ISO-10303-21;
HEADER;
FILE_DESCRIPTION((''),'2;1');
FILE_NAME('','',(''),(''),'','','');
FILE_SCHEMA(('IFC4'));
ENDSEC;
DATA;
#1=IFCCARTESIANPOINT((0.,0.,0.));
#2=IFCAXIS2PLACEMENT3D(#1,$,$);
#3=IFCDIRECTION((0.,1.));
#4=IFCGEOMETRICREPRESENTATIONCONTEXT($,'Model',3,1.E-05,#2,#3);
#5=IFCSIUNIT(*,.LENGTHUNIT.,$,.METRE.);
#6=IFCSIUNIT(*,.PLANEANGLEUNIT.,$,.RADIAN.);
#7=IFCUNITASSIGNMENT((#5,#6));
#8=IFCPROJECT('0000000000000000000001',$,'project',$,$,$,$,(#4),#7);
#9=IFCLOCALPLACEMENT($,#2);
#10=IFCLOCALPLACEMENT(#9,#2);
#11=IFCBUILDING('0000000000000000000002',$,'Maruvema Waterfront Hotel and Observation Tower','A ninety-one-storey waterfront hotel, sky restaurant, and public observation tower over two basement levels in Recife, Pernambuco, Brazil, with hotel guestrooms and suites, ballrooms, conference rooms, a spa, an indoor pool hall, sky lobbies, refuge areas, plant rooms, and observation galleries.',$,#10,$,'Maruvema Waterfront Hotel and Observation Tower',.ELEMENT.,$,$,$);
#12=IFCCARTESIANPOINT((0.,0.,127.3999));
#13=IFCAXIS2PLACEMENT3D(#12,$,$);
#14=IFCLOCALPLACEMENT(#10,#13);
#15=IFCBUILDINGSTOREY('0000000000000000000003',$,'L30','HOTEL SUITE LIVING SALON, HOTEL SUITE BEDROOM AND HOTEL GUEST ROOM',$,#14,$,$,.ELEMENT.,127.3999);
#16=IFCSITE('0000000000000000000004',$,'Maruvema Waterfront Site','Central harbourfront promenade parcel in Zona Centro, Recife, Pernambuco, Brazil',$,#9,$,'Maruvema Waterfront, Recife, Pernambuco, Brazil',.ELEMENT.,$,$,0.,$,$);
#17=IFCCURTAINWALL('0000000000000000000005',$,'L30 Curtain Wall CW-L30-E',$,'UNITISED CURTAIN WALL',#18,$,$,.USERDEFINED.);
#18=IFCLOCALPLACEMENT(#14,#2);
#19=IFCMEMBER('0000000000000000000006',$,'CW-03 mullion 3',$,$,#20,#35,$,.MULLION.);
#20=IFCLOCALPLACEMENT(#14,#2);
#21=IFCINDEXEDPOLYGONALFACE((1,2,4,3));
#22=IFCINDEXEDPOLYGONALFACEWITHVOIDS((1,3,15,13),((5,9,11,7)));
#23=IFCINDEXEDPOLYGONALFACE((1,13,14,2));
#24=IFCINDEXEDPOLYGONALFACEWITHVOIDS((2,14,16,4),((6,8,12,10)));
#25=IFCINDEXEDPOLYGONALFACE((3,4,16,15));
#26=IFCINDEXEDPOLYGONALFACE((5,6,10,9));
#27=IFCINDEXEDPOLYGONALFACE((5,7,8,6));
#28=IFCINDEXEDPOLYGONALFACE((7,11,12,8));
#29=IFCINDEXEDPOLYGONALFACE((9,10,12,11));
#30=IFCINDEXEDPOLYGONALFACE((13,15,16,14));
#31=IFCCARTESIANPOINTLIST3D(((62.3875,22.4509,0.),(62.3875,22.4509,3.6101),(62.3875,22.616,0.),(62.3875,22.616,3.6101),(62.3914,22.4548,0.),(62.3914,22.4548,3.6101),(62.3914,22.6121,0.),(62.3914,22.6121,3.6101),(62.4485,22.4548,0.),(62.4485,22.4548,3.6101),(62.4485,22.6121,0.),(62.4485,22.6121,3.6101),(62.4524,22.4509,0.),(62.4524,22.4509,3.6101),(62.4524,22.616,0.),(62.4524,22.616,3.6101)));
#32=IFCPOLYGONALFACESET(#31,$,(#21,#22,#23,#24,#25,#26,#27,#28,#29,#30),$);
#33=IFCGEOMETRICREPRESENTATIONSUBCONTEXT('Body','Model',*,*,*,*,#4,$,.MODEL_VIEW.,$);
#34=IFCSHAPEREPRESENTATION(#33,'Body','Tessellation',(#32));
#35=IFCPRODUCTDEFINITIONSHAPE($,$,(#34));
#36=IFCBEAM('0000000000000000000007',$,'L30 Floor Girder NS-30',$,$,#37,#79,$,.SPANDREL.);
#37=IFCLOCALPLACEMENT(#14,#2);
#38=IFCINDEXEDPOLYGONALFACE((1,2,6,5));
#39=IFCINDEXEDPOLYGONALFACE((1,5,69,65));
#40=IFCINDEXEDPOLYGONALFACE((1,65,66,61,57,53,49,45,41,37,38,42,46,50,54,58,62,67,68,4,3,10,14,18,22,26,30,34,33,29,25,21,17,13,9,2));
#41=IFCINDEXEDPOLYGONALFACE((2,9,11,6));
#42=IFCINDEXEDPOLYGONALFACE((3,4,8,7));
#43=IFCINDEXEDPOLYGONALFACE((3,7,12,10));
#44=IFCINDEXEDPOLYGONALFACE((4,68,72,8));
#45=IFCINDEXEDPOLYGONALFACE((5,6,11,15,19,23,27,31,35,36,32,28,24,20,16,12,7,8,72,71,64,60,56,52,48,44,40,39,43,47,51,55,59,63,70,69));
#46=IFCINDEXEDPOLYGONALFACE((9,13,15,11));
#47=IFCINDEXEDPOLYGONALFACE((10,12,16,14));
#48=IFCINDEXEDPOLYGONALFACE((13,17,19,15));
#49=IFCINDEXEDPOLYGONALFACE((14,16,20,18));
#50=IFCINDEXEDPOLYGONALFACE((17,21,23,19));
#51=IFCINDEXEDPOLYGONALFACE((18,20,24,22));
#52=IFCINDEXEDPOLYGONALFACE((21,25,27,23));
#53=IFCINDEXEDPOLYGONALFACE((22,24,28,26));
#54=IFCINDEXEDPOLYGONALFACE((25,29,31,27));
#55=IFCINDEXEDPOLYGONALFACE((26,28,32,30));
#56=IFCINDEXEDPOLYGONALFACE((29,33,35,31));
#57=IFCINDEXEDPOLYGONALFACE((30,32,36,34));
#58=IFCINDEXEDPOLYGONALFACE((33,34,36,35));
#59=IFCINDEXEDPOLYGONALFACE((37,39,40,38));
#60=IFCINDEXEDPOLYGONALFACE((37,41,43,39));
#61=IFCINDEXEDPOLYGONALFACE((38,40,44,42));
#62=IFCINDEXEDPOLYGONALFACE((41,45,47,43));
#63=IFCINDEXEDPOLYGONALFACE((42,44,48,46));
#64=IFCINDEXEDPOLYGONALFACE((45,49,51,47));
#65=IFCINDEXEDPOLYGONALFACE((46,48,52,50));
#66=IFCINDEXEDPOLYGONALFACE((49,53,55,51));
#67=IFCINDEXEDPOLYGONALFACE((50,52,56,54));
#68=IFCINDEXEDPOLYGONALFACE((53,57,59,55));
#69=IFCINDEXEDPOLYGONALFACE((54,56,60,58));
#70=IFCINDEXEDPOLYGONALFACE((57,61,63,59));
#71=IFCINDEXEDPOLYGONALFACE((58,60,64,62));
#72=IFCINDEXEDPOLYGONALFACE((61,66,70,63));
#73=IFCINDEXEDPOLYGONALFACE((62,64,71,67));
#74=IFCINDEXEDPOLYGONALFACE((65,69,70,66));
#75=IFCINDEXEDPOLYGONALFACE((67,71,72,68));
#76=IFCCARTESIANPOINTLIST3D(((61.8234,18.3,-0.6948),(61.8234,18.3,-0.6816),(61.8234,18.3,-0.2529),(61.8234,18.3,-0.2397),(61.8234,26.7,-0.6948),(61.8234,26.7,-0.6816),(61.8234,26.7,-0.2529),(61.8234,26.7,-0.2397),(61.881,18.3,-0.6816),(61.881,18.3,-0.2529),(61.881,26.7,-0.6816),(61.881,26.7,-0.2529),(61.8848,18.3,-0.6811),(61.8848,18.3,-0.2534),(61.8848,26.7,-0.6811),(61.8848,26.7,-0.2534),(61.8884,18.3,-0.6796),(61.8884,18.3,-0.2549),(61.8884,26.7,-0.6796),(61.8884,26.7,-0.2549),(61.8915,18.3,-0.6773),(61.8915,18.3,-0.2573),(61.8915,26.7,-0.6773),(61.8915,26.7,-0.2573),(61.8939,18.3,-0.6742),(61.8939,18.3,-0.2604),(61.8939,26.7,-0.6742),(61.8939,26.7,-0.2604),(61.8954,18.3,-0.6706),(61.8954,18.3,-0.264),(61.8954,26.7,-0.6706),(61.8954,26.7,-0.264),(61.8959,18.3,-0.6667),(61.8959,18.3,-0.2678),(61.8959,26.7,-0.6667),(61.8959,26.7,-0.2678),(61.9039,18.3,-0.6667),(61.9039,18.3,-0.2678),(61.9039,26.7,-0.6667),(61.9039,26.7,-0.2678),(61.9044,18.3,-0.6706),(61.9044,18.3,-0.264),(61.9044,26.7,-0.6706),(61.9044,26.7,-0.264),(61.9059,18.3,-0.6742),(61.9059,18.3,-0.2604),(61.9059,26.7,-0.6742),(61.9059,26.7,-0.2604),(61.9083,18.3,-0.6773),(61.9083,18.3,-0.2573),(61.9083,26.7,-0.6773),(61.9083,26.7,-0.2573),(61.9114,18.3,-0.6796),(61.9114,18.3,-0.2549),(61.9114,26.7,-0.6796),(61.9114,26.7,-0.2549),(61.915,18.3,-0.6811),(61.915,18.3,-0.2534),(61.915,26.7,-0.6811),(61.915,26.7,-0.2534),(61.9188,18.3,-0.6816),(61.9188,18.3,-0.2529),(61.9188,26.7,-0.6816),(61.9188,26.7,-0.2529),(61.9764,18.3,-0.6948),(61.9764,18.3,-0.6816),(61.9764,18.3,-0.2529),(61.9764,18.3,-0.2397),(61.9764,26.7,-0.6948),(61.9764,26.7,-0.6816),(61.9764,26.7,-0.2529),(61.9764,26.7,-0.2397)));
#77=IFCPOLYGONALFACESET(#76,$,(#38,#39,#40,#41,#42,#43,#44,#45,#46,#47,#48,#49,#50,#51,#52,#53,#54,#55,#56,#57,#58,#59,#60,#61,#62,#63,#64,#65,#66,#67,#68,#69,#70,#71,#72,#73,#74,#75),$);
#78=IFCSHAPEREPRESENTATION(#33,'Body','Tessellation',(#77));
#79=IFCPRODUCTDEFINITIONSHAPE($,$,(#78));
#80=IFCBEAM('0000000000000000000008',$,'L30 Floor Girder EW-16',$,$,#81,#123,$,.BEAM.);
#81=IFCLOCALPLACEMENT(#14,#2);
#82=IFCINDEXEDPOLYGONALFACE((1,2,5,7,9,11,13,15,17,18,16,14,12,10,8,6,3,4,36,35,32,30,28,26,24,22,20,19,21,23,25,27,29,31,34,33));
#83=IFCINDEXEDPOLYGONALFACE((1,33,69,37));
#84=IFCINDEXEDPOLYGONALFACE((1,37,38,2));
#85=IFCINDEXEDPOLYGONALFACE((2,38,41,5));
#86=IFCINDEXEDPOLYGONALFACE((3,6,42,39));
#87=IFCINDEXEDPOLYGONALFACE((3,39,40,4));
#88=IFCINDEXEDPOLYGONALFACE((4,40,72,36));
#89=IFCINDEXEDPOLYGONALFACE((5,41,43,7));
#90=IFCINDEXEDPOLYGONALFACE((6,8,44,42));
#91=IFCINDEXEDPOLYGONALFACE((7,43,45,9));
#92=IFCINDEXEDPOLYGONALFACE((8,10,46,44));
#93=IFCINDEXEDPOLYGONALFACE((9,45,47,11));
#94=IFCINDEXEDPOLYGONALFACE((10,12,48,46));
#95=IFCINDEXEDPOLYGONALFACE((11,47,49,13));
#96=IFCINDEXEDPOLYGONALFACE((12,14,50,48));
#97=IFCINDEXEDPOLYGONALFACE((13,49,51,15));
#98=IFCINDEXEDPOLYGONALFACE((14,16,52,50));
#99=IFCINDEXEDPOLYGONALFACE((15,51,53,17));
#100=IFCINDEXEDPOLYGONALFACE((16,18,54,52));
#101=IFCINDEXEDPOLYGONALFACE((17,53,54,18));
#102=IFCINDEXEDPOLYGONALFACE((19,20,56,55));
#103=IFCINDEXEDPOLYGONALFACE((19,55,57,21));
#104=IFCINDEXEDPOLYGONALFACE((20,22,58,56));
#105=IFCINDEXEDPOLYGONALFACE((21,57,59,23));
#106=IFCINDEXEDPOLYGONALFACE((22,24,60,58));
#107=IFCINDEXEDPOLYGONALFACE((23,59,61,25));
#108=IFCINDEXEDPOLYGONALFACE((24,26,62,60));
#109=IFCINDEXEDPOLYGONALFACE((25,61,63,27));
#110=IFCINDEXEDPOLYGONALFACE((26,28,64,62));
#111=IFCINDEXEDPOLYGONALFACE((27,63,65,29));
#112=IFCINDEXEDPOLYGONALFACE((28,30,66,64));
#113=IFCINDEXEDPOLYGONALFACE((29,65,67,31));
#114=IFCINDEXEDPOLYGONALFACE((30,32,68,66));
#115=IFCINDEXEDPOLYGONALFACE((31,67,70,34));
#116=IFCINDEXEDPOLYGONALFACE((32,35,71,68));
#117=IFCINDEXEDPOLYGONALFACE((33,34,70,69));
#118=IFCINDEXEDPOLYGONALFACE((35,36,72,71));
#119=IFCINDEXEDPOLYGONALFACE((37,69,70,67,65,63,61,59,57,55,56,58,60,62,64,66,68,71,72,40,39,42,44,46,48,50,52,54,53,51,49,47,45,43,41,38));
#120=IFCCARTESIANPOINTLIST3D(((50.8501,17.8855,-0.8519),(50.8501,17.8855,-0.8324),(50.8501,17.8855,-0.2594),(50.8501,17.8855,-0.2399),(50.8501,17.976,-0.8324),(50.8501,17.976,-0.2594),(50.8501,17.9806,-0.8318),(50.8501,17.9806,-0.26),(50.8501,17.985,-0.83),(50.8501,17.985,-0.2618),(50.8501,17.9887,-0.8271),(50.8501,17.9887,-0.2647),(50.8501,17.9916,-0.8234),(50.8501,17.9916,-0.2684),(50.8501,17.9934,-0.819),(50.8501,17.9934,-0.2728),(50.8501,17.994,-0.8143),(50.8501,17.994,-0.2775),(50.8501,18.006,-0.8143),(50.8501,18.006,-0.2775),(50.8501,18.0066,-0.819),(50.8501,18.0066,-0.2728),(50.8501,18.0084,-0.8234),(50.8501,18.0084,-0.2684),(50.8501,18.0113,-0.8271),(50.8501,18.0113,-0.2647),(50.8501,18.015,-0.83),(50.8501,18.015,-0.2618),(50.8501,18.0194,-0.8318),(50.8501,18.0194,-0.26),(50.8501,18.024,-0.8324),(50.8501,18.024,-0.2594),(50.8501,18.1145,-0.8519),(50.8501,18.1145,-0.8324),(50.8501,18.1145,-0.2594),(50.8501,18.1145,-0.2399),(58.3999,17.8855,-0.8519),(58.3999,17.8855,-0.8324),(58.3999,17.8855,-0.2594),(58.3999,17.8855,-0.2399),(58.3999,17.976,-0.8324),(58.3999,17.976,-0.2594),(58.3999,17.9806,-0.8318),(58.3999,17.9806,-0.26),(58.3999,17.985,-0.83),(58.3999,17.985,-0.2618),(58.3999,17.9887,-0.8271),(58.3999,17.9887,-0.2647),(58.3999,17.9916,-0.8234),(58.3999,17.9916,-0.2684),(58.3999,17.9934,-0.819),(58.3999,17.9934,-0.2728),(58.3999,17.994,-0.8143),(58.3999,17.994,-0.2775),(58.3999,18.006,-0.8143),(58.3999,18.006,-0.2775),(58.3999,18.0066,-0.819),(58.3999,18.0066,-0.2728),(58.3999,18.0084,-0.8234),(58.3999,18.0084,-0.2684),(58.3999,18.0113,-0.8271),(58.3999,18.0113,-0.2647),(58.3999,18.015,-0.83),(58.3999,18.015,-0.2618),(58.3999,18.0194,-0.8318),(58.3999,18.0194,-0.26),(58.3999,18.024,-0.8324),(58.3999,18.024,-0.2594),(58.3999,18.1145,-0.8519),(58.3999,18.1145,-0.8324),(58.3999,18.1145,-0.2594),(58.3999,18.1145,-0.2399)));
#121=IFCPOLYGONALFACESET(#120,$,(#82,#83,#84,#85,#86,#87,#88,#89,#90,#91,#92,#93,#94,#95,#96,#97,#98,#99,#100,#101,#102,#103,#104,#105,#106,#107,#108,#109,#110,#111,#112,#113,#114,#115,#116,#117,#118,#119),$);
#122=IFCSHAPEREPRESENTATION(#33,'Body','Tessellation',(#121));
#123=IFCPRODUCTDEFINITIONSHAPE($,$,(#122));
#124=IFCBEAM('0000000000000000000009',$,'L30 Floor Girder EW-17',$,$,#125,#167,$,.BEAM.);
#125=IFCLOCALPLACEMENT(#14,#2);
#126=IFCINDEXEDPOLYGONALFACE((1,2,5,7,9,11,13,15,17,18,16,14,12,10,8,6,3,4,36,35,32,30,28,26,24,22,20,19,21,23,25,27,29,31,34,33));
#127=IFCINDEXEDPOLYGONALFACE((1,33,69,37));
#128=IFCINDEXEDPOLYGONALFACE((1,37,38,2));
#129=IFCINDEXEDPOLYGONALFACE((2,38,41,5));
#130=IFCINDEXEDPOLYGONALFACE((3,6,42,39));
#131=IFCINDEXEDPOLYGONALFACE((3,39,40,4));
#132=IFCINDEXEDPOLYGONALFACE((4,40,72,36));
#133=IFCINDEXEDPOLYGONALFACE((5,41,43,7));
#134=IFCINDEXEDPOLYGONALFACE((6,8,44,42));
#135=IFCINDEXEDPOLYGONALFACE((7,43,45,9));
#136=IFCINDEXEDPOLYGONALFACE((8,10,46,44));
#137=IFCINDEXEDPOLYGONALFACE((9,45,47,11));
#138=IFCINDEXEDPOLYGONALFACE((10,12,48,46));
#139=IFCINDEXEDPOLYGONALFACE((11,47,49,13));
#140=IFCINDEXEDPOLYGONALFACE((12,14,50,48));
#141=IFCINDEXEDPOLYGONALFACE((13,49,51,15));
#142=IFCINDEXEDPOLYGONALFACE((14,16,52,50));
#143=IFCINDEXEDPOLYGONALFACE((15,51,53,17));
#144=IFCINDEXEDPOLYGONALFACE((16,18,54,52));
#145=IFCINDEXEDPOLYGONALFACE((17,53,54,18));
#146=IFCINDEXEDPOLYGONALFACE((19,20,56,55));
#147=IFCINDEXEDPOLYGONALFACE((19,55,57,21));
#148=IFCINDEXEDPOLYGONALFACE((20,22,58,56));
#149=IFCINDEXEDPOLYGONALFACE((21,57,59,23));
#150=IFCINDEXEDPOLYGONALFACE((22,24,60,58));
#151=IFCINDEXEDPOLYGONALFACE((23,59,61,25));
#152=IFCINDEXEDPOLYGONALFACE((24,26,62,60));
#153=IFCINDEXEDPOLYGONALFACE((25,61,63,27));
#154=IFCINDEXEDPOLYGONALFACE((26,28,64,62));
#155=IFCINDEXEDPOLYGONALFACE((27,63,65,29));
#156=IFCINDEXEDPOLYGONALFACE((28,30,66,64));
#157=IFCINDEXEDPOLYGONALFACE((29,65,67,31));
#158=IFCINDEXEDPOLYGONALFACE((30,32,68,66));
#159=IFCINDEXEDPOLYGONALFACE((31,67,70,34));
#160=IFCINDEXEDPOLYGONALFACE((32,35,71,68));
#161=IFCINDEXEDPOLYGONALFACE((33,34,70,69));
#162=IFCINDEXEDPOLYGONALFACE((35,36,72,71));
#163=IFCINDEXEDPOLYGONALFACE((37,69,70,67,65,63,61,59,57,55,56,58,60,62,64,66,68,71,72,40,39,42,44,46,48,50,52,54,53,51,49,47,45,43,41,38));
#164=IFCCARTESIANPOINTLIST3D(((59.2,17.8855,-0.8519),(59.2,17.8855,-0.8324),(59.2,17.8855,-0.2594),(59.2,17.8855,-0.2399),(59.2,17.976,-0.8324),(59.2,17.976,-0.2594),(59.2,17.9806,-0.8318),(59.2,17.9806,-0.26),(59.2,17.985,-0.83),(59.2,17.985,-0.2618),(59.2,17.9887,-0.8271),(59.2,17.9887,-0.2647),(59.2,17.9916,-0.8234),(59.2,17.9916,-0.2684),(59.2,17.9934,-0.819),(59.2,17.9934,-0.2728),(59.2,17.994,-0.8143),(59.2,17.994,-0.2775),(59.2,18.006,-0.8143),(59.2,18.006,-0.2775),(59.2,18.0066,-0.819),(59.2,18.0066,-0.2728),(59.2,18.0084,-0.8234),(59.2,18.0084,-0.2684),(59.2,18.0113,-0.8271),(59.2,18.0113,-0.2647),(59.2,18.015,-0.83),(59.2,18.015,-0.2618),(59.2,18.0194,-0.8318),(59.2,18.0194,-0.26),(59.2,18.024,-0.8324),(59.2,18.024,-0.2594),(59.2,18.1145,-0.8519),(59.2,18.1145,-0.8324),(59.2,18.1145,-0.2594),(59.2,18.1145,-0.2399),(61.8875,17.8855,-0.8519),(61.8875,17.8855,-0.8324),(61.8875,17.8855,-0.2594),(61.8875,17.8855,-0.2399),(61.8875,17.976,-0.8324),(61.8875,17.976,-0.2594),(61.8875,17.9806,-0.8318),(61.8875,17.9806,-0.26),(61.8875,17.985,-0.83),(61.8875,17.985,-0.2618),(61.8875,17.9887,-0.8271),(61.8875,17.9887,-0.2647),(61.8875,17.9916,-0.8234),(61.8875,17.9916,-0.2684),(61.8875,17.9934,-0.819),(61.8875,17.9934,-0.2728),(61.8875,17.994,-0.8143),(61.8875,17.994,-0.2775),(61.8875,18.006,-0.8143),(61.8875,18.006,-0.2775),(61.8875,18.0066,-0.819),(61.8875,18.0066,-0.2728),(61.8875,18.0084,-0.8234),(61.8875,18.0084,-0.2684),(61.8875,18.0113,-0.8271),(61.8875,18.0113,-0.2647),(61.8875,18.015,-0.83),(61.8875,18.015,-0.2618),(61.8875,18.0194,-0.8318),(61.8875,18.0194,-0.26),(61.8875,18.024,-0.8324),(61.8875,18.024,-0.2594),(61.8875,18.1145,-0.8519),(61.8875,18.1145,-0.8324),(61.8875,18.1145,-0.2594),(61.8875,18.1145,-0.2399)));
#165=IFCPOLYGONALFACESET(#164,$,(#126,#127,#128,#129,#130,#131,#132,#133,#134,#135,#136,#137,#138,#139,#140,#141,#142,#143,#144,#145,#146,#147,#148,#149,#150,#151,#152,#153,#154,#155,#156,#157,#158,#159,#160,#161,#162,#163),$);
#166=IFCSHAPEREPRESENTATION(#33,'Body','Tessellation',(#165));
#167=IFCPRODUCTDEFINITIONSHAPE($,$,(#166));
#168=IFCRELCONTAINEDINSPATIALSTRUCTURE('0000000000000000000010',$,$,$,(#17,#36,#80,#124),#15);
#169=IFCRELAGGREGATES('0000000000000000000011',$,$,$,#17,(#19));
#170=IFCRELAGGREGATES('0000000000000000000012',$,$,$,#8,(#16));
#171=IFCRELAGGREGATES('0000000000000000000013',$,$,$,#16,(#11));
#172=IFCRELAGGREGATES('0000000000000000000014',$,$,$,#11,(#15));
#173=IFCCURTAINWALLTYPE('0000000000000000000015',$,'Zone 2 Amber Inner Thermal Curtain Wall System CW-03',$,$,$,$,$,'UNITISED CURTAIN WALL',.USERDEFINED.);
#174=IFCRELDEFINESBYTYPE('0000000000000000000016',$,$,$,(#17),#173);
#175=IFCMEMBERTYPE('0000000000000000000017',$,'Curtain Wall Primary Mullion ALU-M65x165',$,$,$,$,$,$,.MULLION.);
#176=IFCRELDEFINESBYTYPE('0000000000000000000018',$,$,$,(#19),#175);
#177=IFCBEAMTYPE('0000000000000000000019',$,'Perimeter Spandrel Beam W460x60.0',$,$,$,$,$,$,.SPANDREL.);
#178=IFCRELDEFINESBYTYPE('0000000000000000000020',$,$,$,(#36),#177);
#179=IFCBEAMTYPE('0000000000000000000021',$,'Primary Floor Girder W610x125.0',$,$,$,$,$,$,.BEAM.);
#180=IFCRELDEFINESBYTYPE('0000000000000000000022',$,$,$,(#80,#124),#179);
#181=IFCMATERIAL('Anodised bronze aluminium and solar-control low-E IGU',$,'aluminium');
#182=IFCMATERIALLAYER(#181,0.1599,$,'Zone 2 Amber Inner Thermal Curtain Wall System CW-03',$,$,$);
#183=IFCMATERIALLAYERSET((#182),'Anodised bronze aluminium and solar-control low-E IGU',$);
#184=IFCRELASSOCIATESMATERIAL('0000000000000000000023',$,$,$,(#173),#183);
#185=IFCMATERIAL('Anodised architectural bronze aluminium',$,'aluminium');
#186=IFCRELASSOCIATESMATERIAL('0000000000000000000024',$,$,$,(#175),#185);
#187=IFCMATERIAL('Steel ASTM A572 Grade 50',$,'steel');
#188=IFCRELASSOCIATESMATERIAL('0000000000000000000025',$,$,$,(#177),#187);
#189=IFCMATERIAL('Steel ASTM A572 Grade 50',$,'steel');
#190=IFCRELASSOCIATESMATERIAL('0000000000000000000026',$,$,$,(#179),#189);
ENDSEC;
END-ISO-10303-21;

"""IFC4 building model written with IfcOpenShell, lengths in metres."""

from ifc_helpers import new_model, si_unit, direction, frame, origin, origin_2d, place, context, subcontext, project, spatial, hollow_rectangle, i_section, extrude, material, layer, layer_set, material_profile, profile_set, type_object, element, aggregate, save


model = new_model("IFC4")

# Units and contexts
model_context = context("Model", 3, precision=1e-05, world=origin(), true_north=direction((0.0, 1.0)))
body_context = subcontext(model_context, "Body", "Model", "MODEL_VIEW")
ifc_project = project(units=[si_unit("LENGTHUNIT", "METRE"), si_unit("PLANEANGLEUNIT", "RADIAN")], contexts=[model_context])

# Site, building, storey
site_placement = place(None, origin())
site = spatial("IfcSite", under=ifc_project, at=site_placement, Name="Maruvema Waterfront Site", Description="Central harbourfront promenade parcel in Zona Centro, Recife, Pernambuco, Brazil", LongName="Maruvema Waterfront, Recife, Pernambuco, Brazil", CompositionType="ELEMENT", RefElevation=0.0)
building_placement = place(site_placement, origin())
building = spatial("IfcBuilding", under=site, at=building_placement, Name="Maruvema Waterfront Hotel and Observation Tower", Description="A ninety-one-storey waterfront hotel, sky restaurant, and public observation tower over two basement levels in Recife, Pernambuco, Brazil, with hotel guestrooms and suites, ballrooms, conference rooms, a spa, an indoor pool hall, sky lobbies, refuge areas, plant rooms, and observation galleries.", LongName="Maruvema Waterfront Hotel and Observation Tower", CompositionType="ELEMENT")
storey_placement = place(building_placement, frame((0.0, 0.0, 127.3999)))
storey = spatial("IfcBuildingStorey", under=building, at=storey_placement, Name="L30", Description="HOTEL SUITE LIVING SALON, HOTEL SUITE BEDROOM AND HOTEL GUEST ROOM", CompositionType="ELEMENT", Elevation=127.3999)

# Curtain wall, member
ifc_material_1 = material(Name="Anodised bronze aluminium and solar-control low-E IGU", Category="aluminium")
ifc_layer_1 = layer(ifc_material_1, 0.1599, Name="Zone 2 Amber Inner Thermal Curtain Wall System CW-03")
ifc_layer_set_1 = layer_set([ifc_layer_1], Name="Anodised bronze aluminium and solar-control low-E IGU")
curtain_wall_type = type_object("IfcCurtainWallType", Name="Zone 2 Amber Inner Thermal Curtain Wall System CW-03", ElementType="UNITISED CURTAIN WALL", PredefinedType="USERDEFINED", material=ifc_layer_set_1)
curtain_wall_placement = place(storey_placement, origin())
curtain_wall = element("IfcCurtainWall", 1, at=curtain_wall_placement, inside=storey, type_object=curtain_wall_type, Name="L30 Curtain Wall CW-L30-E", ObjectType="UNITISED CURTAIN WALL", PredefinedType="USERDEFINED")
ifc_material_2 = material(Name="Anodised architectural bronze aluminium", Category="aluminium")
ifc_material_profile_1 = material_profile(ifc_material_2, hollow_rectangle(XDim=0.0649, YDim=0.165, WallThickness=0.0039, at=origin_2d()), Name="ALU-M65x165")
ifc_profile_set_1 = profile_set([ifc_material_profile_1], Name="Anodised architectural bronze aluminium")
member_type_1 = type_object("IfcMemberType", Name="Curtain Wall Primary Mullion ALU-M65x165", PredefinedType="MULLION", material=ifc_profile_set_1)
member_1_placement = place(storey_placement, frame((62.4199, 22.5334, 0.0), z_axis=(0.0, 0.0, 1.0), x_axis=(-1.0, 0.0, 0.0)))
member_1 = element("IfcMember", 2, at=member_1_placement, type_object=member_type_1, Name="CW-03 mullion 3", PredefinedType="MULLION", context=body_context, shape_type="SweptSolid", body=[
    extrude(hollow_rectangle(XDim=0.0649, YDim=0.165, WallThickness=0.0039, at=origin_2d()), origin(), (0.0, 0.0, 1.0), 3.6101),
])

# Beams
ifc_material_3 = material(Name="Steel ASTM A572 Grade 50", Category="steel")
ifc_material_profile_2 = material_profile(ifc_material_3, i_section(OverallWidth=0.1531, OverallDepth=0.4551, WebThickness=0.0081, FlangeThickness=0.0132, FilletRadius=0.0149, at=origin_2d()), Name="W460x60.0")
ifc_profile_set_2 = profile_set([ifc_material_profile_2], Name="Steel ASTM A572 Grade 50")
beam_type_1 = type_object("IfcBeamType", Name="Perimeter Spandrel Beam W460x60.0", PredefinedType="SPANDREL", material=ifc_profile_set_2)
beam_1_placement = place(storey_placement, frame((61.8999, 18.3, -0.4673), z_axis=(0.0, 1.0, 0.0), x_axis=(-1.0, 0.0, 0.0)))
element("IfcBeam", 3, at=beam_1_placement, inside=storey, type_object=beam_type_1, Name="L30 Floor Girder NS-30", PredefinedType="SPANDREL", context=body_context, shape_type="SweptSolid", body=[
    extrude(i_section(OverallWidth=0.1531, OverallDepth=0.4551, WebThickness=0.0081, FlangeThickness=0.0132, FilletRadius=0.0149, at=origin_2d()), origin(), (0.0, 0.0, 1.0), 8.3999),
])
ifc_material_4 = material(Name="Steel ASTM A572 Grade 50", Category="steel")
ifc_material_profile_3 = material_profile(ifc_material_4, i_section(OverallWidth=0.229, OverallDepth=0.6121, WebThickness=0.012, FlangeThickness=0.0195, FilletRadius=0.0181, at=origin_2d()), Name="W610x125.0")
ifc_profile_set_3 = profile_set([ifc_material_profile_3], Name="Steel ASTM A572 Grade 50")
beam_type_2 = type_object("IfcBeamType", Name="Primary Floor Girder W610x125.0", PredefinedType="BEAM", material=ifc_profile_set_3)
beam_2_placement = place(storey_placement, frame((50.8501, 18.0, -0.5459), z_axis=(1.0, 0.0, 0.0), x_axis=(0.0, 1.0, 0.0)))
element("IfcBeam", 4, at=beam_2_placement, inside=storey, type_object=beam_type_2, Name="L30 Floor Girder EW-16", PredefinedType="BEAM", context=body_context, shape_type="SweptSolid", body=[
    extrude(i_section(OverallWidth=0.229, OverallDepth=0.6121, WebThickness=0.012, FlangeThickness=0.0195, FilletRadius=0.0181, at=origin_2d()), origin(), (0.0, 0.0, 1.0), 7.5498),
])
beam_3_placement = place(storey_placement, frame((59.2, 18.0, -0.5459), z_axis=(1.0, 0.0, 0.0), x_axis=(0.0, 1.0, 0.0)))
element("IfcBeam", 5, at=beam_3_placement, inside=storey, type_object=beam_type_2, Name="L30 Floor Girder EW-17", PredefinedType="BEAM", context=body_context, shape_type="SweptSolid", body=[
    extrude(i_section(OverallWidth=0.229, OverallDepth=0.6121, WebThickness=0.012, FlangeThickness=0.0195, FilletRadius=0.0181, at=origin_2d()), origin(), (0.0, 0.0, 1.0), 2.6875),
])

aggregate(curtain_wall, [member_1])

save(model, "model.ifc")
